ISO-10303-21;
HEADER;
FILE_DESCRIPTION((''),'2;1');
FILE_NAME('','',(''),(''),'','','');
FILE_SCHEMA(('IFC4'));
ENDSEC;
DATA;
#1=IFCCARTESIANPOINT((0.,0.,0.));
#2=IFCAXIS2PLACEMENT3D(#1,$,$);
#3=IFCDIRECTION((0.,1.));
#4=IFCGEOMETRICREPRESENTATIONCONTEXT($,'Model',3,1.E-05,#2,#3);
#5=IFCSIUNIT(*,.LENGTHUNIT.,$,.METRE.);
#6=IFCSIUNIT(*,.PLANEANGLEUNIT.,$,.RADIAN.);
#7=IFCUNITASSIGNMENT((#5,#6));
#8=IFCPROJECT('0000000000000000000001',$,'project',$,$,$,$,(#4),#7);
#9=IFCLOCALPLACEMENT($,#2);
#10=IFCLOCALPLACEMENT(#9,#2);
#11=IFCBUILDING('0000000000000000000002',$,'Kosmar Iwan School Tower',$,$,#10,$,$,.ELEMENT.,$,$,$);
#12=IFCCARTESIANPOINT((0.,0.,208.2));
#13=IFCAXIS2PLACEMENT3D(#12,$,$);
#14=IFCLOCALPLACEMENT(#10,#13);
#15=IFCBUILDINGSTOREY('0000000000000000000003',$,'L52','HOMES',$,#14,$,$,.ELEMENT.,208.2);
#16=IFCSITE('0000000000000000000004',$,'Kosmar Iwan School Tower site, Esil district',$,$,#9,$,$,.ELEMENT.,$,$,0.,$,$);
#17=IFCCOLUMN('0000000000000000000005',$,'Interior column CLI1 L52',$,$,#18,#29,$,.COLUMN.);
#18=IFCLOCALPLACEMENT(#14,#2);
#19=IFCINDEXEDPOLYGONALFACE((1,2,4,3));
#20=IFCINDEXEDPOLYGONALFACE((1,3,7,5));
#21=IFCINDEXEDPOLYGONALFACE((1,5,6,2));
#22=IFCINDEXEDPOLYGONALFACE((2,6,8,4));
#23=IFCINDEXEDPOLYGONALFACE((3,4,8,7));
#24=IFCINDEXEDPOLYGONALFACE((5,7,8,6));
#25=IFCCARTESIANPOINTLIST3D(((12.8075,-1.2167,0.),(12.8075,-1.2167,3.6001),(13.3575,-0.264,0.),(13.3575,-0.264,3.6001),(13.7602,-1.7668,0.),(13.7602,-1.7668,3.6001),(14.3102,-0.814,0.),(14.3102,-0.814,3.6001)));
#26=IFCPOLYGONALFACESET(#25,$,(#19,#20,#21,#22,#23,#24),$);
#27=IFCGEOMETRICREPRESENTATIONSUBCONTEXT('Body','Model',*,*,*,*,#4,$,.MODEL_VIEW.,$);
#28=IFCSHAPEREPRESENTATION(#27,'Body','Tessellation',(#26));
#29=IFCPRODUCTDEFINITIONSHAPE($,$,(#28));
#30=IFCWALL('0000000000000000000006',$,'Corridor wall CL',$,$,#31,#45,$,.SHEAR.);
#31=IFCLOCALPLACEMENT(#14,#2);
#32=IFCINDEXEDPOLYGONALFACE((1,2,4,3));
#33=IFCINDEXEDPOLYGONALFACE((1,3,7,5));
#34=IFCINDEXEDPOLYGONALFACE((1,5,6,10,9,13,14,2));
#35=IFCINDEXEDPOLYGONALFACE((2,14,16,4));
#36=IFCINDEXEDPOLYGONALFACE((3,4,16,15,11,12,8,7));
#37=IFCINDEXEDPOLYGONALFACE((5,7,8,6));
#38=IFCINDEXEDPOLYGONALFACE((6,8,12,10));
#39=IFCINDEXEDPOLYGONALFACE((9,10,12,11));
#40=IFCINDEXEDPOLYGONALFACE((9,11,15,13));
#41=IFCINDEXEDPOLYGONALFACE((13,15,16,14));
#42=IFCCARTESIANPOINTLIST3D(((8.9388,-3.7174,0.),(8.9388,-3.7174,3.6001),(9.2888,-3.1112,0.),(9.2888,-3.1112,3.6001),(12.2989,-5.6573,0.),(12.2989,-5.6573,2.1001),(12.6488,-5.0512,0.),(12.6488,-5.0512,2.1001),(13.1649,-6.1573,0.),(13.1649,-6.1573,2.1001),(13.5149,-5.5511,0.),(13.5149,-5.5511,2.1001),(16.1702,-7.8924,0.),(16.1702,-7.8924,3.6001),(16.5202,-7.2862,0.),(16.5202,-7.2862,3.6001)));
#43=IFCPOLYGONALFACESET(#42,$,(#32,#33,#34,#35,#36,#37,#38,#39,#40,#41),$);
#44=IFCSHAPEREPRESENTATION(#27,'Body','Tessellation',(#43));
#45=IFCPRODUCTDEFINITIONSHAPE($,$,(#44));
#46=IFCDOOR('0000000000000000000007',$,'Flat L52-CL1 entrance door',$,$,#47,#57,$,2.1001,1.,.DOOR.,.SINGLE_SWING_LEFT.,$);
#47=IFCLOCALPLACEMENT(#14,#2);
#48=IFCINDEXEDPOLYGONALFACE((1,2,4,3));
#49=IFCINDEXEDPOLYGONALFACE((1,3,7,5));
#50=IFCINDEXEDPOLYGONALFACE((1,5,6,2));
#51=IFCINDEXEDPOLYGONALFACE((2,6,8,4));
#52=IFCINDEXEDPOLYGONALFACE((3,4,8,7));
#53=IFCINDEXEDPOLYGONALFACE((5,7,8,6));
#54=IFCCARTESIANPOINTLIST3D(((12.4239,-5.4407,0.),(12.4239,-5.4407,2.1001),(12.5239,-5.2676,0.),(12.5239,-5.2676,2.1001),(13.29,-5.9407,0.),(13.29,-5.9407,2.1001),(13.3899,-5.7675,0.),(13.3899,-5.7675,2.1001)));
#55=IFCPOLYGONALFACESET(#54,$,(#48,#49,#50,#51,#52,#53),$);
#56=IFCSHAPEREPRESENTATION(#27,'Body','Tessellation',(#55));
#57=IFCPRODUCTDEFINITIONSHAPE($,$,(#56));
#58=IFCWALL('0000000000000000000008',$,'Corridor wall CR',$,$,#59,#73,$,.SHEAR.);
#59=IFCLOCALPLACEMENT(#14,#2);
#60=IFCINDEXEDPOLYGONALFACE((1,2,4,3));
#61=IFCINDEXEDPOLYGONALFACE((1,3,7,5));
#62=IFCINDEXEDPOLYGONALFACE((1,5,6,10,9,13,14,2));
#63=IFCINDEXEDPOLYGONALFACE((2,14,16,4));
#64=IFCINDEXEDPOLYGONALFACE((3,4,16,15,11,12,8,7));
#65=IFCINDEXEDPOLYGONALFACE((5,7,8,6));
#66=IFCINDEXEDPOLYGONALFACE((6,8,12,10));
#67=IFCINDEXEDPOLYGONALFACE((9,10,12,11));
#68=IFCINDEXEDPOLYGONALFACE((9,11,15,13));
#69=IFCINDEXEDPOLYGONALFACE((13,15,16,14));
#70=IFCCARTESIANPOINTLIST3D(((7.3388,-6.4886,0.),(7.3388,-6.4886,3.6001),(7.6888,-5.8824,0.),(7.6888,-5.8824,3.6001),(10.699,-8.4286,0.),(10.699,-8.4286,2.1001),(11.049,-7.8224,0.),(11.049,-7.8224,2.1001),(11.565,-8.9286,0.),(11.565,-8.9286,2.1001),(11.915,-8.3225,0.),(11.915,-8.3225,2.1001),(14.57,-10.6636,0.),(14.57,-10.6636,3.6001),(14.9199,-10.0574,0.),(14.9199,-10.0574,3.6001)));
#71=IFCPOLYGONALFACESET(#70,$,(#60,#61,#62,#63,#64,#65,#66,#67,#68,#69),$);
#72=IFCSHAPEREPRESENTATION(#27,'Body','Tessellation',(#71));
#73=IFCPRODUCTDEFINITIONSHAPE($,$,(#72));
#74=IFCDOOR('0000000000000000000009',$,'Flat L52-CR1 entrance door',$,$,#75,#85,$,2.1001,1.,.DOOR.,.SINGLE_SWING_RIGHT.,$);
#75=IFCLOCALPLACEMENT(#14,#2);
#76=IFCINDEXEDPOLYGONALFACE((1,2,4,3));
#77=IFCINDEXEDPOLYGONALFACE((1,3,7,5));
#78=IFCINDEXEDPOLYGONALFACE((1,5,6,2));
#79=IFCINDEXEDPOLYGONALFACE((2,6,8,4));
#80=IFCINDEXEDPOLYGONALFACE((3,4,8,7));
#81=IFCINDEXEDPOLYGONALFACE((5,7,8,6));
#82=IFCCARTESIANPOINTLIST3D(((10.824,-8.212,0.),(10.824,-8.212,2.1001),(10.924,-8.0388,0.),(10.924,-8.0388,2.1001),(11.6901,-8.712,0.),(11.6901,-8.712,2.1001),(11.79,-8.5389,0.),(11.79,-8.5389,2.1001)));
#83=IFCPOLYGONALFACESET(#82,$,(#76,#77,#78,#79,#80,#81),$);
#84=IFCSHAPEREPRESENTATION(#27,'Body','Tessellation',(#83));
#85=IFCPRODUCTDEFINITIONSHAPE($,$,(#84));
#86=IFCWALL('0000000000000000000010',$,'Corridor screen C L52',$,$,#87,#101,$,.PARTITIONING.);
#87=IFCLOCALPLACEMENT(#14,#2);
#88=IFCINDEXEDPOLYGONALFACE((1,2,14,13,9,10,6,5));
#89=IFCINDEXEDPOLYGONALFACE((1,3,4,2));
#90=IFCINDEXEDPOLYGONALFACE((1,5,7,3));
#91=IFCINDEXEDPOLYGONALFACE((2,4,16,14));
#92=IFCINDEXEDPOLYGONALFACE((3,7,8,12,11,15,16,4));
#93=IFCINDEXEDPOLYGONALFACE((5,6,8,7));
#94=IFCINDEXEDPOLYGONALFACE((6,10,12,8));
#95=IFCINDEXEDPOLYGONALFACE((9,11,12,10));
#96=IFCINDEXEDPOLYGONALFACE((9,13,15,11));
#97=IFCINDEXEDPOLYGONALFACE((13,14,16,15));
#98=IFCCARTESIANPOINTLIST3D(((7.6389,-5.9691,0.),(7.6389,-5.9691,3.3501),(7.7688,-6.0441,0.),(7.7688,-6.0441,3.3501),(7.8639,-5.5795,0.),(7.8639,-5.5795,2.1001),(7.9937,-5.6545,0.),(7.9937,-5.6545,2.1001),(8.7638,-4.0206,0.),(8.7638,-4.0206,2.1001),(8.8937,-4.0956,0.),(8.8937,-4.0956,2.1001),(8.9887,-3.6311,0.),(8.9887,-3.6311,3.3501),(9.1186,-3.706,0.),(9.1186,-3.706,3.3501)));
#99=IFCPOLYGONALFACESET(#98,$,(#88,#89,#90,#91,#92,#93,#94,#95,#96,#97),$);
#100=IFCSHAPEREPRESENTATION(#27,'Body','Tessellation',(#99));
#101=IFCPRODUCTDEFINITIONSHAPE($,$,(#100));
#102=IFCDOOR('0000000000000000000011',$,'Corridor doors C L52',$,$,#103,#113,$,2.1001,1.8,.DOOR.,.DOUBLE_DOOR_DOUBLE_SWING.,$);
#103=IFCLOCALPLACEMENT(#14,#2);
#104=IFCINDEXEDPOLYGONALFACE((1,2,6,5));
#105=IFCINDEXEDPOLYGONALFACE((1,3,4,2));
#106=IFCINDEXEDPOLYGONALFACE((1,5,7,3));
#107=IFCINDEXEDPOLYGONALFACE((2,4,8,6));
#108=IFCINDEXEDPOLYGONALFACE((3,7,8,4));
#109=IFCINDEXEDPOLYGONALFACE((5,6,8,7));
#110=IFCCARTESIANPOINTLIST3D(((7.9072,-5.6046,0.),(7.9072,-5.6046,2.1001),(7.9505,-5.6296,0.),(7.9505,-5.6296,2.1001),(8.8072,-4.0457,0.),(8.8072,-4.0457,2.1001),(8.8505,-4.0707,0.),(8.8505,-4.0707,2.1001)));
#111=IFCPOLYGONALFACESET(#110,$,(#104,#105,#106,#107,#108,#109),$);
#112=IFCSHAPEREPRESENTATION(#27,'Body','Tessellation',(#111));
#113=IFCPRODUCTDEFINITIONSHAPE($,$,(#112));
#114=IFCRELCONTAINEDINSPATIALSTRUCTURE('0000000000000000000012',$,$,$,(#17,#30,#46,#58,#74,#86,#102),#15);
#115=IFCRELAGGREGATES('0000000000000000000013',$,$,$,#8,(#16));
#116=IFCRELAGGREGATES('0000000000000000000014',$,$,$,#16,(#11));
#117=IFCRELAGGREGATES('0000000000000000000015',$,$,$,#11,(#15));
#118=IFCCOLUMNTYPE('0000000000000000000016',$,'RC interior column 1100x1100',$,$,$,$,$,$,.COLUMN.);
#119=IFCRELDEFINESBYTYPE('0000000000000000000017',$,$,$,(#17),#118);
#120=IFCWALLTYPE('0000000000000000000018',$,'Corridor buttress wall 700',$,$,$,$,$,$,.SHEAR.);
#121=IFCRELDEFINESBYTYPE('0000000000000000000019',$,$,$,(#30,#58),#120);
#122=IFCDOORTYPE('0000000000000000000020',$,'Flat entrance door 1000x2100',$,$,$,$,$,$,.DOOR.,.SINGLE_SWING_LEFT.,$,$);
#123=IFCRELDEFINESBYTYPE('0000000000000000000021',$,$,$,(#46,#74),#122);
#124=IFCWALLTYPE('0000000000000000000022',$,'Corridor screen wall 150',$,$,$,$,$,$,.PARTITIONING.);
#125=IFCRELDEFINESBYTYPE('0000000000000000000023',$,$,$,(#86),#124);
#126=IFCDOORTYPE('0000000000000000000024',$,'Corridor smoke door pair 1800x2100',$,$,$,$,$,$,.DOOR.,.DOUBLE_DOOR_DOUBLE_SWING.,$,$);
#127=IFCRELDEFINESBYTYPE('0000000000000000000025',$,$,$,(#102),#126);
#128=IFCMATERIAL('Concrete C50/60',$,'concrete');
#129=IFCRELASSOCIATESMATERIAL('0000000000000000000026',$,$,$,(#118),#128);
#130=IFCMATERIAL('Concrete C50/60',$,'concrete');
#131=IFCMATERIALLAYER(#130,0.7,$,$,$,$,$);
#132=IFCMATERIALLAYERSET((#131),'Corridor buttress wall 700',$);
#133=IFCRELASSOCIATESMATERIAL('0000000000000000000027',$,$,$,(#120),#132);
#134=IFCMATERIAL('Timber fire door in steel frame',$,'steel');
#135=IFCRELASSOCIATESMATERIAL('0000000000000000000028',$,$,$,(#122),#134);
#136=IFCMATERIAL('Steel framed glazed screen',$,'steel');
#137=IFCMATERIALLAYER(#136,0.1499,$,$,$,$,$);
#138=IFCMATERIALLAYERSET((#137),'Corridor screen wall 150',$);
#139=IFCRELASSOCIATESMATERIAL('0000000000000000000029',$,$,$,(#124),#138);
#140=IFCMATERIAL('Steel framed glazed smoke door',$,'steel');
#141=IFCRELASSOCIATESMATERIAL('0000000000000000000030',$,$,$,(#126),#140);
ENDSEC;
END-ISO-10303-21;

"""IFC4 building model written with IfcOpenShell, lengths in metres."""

from ifc_helpers import new_model, si_unit, direction, frame, frame_2d, origin, origin_2d, place, context, subcontext, project, spatial, rectangle, extrude, material, layer, layer_set, material_profile, profile_set, type_object, element, fill, save


model = new_model("IFC4")

# Units and contexts
model_context = context("Model", 3, precision=1e-05, world=origin(), true_north=direction((0.0, 1.0)))
body_context = subcontext(model_context, "Body", "Model", "MODEL_VIEW")
ifc_project = project(units=[si_unit("LENGTHUNIT", "METRE"), si_unit("PLANEANGLEUNIT", "RADIAN")], contexts=[model_context])

# Site, building, storey
site_placement = place(None, origin())
site = spatial("IfcSite", under=ifc_project, at=site_placement, Name="Kosmar Iwan School Tower site, Esil district", CompositionType="ELEMENT", RefElevation=0.0)
building_placement = place(site_placement, origin())
building = spatial("IfcBuilding", under=site, at=building_placement, Name="Kosmar Iwan School Tower", CompositionType="ELEMENT")
storey_placement = place(building_placement, frame((0.0, 0.0, 208.2)))
storey = spatial("IfcBuildingStorey", under=building, at=storey_placement, Name="L52", Description="HOMES", CompositionType="ELEMENT", Elevation=208.2)

# Column
ifc_material_1 = material(Name="Concrete C50/60", Category="concrete")
ifc_material_profile = material_profile(ifc_material_1, rectangle(XDim=1.1001, YDim=1.1001, at=origin_2d()), Name="RC 1100x1100")
ifc_profile_set = profile_set([ifc_material_profile], Name="Concrete C50/60")
column_type = type_object("IfcColumnType", Name="RC interior column 1100x1100", PredefinedType="COLUMN", material=ifc_profile_set)
column_placement = place(storey_placement, frame((13.5588, -1.0154, 0.0), z_axis=(0.0, 0.0, 1.0), x_axis=(0.866025, -0.5, 0.0)))
element("IfcColumn", 1, at=column_placement, inside=storey, type_object=column_type, Name="Interior column CLI1 L52", PredefinedType="COLUMN", context=body_context, shape_type="SweptSolid", body=[
    extrude(rectangle(XDim=1.1001, YDim=1.1001, at=origin_2d()), origin(), (0.0, 0.0, 1.0), 3.6001),
])

# Walls, openings, doors
ifc_material_2 = material(Name="Concrete C50/60", Category="concrete")
ifc_layer_1 = layer(ifc_material_2, 0.7)
ifc_layer_set_1 = layer_set([ifc_layer_1], Name="Corridor buttress wall 700")
wall_type_1 = type_object("IfcWallType", Name="Corridor buttress wall 700", PredefinedType="SHEAR", material=ifc_layer_set_1)
wall_1_placement = place(storey_placement, frame((9.1138, -3.4143, 0.0), z_axis=(0.0, 0.0, 1.0), x_axis=(0.866027, -0.499997, 0.0)))
wall_1 = element("IfcWall", 2, at=wall_1_placement, inside=storey, type_object=wall_type_1, Name="Corridor wall CL", PredefinedType="SHEAR", context=body_context, shape_type="SweptSolid", body=[
    extrude(rectangle(XDim=8.3501, YDim=0.7, at=frame_2d((4.175, 0.0))), origin(), (0.0, 0.0, 1.0), 3.6001),
])
opening_1_placement = place(wall_1_placement, frame((3.8799, 0.0, 0.0)))
opening_1 = element("IfcOpeningElement", 3, at=opening_1_placement, cuts=wall_1, PredefinedType="OPENING", context=body_context, shape_type="SweptSolid", body=[
    extrude(rectangle(XDim=1.0, YDim=2.1001, at=frame_2d((0.5, 1.05))), frame((0.0, 0.3621, 0.0), z_axis=(0.0, -1.0, 0.0), x_axis=(1.0, 0.0, 0.0)), (0.0, 0.0, 1.0), 0.7239),
])
ifc_material_3 = material(Name="Timber fire door in steel frame", Category="steel")
door_type_1 = type_object("IfcDoorType", Name="Flat entrance door 1000x2100", OperationType="SINGLE_SWING_LEFT", PredefinedType="DOOR", material=ifc_material_3)
door_1_placement = place(opening_1_placement, origin())
door_1 = element("IfcDoor", 4, at=door_1_placement, inside=storey, type_object=door_type_1, Name="Flat L52-CL1 entrance door", OperationType="SINGLE_SWING_LEFT", OverallHeight=2.1001, OverallWidth=1.0, PredefinedType="DOOR", context=body_context, shape_type="SweptSolid", body=[
    extrude(rectangle(XDim=1.0, YDim=2.1001, at=frame_2d((0.5, 1.05))), frame((0.0, 0.1001, 0.0), z_axis=(0.0, -1.0, 0.0), x_axis=(1.0, 0.0, 0.0)), (0.0, 0.0, 1.0), 0.2),
])
fill(opening_1, door_1)
wall_2_placement = place(storey_placement, frame((7.5139, -6.1855, 0.0), z_axis=(0.0, 0.0, 1.0), x_axis=(0.86602, -0.50001, 0.0)))
wall_2 = element("IfcWall", 5, at=wall_2_placement, inside=storey, type_object=wall_type_1, Name="Corridor wall CR", PredefinedType="SHEAR", context=body_context, shape_type="SweptSolid", body=[
    extrude(rectangle(XDim=8.3499, YDim=0.7, at=frame_2d((4.1748, 0.0))), origin(), (0.0, 0.0, 1.0), 3.6001),
])
opening_2_placement = place(wall_2_placement, frame((3.8799, 0.0, 0.0)))
opening_2 = element("IfcOpeningElement", 6, at=opening_2_placement, cuts=wall_2, PredefinedType="OPENING", context=body_context, shape_type="SweptSolid", body=[
    extrude(rectangle(XDim=1.0, YDim=2.1001, at=frame_2d((0.5, 1.05))), frame((0.0, 0.3621, 0.0), z_axis=(0.0, -1.0, 0.0), x_axis=(1.0, 0.0, 0.0)), (0.0, 0.0, 1.0), 0.7239),
])
door_2_placement = place(opening_2_placement, origin())
door_2 = element("IfcDoor", 7, at=door_2_placement, inside=storey, type_object=door_type_1, Name="Flat L52-CR1 entrance door", OperationType="SINGLE_SWING_RIGHT", OverallHeight=2.1001, OverallWidth=1.0, PredefinedType="DOOR", context=body_context, shape_type="SweptSolid", body=[
    extrude(rectangle(XDim=1.0, YDim=2.1001, at=frame_2d((0.5, 1.05))), frame((0.0, 0.1001, 0.0), z_axis=(0.0, -1.0, 0.0), x_axis=(1.0, 0.0, 0.0)), (0.0, 0.0, 1.0), 0.2),
])
fill(opening_2, door_2)
ifc_material_4 = material(Name="Steel framed glazed screen", Category="steel")
ifc_layer_2 = layer(ifc_material_4, 0.1499)
ifc_layer_set_2 = layer_set([ifc_layer_2], Name="Corridor screen wall 150")
wall_type_2 = type_object("IfcWallType", Name="Corridor screen wall 150", PredefinedType="PARTITIONING", material=ifc_layer_set_2)
wall_3_placement = place(storey_placement, frame((7.7039, -6.0066, 0.0), z_axis=(0.0, 0.0, 1.0), x_axis=(0.499981, 0.866037, 0.0)))
wall_3 = element("IfcWall", 8, at=wall_3_placement, inside=storey, type_object=wall_type_2, Name="Corridor screen C L52", PredefinedType="PARTITIONING", context=body_context, shape_type="SweptSolid", body=[
    extrude(rectangle(XDim=2.6997, YDim=0.1499, at=frame_2d((1.3499, 0.0))), origin(), (0.0, 0.0, 1.0), 3.3501),
])
opening_3_placement = place(wall_3_placement, frame((0.45, 0.0, 0.0)))
opening_3 = element("IfcOpeningElement", 9, at=opening_3_placement, cuts=wall_3, PredefinedType="OPENING", context=body_context, shape_type="SweptSolid", body=[
    extrude(rectangle(XDim=1.8, YDim=2.1001, at=frame_2d((0.8999, 1.05))), frame((0.0, 0.0869, 0.0), z_axis=(0.0, -1.0, 0.0), x_axis=(1.0, 0.0, 0.0)), (0.0, 0.0, 1.0), 0.1738),
])
ifc_material_5 = material(Name="Steel framed glazed smoke door", Category="steel")
door_type_2 = type_object("IfcDoorType", Name="Corridor smoke door pair 1800x2100", OperationType="DOUBLE_DOOR_DOUBLE_SWING", PredefinedType="DOOR", material=ifc_material_5)
door_3_placement = place(opening_3_placement, origin())
door_3 = element("IfcDoor", 10, at=door_3_placement, inside=storey, type_object=door_type_2, Name="Corridor doors C L52", OperationType="DOUBLE_DOOR_DOUBLE_SWING", OverallHeight=2.1001, OverallWidth=1.8, PredefinedType="DOOR", context=body_context, shape_type="SweptSolid", body=[
    extrude(rectangle(XDim=1.8, YDim=2.1001, at=frame_2d((0.8999, 1.05))), frame((0.0, 0.0249, 0.0), z_axis=(0.0, -1.0, 0.0), x_axis=(1.0, 0.0, 0.0)), (0.0, 0.0, 1.0), 0.05),
])
fill(opening_3, door_3)

save(model, "model.ifc")
